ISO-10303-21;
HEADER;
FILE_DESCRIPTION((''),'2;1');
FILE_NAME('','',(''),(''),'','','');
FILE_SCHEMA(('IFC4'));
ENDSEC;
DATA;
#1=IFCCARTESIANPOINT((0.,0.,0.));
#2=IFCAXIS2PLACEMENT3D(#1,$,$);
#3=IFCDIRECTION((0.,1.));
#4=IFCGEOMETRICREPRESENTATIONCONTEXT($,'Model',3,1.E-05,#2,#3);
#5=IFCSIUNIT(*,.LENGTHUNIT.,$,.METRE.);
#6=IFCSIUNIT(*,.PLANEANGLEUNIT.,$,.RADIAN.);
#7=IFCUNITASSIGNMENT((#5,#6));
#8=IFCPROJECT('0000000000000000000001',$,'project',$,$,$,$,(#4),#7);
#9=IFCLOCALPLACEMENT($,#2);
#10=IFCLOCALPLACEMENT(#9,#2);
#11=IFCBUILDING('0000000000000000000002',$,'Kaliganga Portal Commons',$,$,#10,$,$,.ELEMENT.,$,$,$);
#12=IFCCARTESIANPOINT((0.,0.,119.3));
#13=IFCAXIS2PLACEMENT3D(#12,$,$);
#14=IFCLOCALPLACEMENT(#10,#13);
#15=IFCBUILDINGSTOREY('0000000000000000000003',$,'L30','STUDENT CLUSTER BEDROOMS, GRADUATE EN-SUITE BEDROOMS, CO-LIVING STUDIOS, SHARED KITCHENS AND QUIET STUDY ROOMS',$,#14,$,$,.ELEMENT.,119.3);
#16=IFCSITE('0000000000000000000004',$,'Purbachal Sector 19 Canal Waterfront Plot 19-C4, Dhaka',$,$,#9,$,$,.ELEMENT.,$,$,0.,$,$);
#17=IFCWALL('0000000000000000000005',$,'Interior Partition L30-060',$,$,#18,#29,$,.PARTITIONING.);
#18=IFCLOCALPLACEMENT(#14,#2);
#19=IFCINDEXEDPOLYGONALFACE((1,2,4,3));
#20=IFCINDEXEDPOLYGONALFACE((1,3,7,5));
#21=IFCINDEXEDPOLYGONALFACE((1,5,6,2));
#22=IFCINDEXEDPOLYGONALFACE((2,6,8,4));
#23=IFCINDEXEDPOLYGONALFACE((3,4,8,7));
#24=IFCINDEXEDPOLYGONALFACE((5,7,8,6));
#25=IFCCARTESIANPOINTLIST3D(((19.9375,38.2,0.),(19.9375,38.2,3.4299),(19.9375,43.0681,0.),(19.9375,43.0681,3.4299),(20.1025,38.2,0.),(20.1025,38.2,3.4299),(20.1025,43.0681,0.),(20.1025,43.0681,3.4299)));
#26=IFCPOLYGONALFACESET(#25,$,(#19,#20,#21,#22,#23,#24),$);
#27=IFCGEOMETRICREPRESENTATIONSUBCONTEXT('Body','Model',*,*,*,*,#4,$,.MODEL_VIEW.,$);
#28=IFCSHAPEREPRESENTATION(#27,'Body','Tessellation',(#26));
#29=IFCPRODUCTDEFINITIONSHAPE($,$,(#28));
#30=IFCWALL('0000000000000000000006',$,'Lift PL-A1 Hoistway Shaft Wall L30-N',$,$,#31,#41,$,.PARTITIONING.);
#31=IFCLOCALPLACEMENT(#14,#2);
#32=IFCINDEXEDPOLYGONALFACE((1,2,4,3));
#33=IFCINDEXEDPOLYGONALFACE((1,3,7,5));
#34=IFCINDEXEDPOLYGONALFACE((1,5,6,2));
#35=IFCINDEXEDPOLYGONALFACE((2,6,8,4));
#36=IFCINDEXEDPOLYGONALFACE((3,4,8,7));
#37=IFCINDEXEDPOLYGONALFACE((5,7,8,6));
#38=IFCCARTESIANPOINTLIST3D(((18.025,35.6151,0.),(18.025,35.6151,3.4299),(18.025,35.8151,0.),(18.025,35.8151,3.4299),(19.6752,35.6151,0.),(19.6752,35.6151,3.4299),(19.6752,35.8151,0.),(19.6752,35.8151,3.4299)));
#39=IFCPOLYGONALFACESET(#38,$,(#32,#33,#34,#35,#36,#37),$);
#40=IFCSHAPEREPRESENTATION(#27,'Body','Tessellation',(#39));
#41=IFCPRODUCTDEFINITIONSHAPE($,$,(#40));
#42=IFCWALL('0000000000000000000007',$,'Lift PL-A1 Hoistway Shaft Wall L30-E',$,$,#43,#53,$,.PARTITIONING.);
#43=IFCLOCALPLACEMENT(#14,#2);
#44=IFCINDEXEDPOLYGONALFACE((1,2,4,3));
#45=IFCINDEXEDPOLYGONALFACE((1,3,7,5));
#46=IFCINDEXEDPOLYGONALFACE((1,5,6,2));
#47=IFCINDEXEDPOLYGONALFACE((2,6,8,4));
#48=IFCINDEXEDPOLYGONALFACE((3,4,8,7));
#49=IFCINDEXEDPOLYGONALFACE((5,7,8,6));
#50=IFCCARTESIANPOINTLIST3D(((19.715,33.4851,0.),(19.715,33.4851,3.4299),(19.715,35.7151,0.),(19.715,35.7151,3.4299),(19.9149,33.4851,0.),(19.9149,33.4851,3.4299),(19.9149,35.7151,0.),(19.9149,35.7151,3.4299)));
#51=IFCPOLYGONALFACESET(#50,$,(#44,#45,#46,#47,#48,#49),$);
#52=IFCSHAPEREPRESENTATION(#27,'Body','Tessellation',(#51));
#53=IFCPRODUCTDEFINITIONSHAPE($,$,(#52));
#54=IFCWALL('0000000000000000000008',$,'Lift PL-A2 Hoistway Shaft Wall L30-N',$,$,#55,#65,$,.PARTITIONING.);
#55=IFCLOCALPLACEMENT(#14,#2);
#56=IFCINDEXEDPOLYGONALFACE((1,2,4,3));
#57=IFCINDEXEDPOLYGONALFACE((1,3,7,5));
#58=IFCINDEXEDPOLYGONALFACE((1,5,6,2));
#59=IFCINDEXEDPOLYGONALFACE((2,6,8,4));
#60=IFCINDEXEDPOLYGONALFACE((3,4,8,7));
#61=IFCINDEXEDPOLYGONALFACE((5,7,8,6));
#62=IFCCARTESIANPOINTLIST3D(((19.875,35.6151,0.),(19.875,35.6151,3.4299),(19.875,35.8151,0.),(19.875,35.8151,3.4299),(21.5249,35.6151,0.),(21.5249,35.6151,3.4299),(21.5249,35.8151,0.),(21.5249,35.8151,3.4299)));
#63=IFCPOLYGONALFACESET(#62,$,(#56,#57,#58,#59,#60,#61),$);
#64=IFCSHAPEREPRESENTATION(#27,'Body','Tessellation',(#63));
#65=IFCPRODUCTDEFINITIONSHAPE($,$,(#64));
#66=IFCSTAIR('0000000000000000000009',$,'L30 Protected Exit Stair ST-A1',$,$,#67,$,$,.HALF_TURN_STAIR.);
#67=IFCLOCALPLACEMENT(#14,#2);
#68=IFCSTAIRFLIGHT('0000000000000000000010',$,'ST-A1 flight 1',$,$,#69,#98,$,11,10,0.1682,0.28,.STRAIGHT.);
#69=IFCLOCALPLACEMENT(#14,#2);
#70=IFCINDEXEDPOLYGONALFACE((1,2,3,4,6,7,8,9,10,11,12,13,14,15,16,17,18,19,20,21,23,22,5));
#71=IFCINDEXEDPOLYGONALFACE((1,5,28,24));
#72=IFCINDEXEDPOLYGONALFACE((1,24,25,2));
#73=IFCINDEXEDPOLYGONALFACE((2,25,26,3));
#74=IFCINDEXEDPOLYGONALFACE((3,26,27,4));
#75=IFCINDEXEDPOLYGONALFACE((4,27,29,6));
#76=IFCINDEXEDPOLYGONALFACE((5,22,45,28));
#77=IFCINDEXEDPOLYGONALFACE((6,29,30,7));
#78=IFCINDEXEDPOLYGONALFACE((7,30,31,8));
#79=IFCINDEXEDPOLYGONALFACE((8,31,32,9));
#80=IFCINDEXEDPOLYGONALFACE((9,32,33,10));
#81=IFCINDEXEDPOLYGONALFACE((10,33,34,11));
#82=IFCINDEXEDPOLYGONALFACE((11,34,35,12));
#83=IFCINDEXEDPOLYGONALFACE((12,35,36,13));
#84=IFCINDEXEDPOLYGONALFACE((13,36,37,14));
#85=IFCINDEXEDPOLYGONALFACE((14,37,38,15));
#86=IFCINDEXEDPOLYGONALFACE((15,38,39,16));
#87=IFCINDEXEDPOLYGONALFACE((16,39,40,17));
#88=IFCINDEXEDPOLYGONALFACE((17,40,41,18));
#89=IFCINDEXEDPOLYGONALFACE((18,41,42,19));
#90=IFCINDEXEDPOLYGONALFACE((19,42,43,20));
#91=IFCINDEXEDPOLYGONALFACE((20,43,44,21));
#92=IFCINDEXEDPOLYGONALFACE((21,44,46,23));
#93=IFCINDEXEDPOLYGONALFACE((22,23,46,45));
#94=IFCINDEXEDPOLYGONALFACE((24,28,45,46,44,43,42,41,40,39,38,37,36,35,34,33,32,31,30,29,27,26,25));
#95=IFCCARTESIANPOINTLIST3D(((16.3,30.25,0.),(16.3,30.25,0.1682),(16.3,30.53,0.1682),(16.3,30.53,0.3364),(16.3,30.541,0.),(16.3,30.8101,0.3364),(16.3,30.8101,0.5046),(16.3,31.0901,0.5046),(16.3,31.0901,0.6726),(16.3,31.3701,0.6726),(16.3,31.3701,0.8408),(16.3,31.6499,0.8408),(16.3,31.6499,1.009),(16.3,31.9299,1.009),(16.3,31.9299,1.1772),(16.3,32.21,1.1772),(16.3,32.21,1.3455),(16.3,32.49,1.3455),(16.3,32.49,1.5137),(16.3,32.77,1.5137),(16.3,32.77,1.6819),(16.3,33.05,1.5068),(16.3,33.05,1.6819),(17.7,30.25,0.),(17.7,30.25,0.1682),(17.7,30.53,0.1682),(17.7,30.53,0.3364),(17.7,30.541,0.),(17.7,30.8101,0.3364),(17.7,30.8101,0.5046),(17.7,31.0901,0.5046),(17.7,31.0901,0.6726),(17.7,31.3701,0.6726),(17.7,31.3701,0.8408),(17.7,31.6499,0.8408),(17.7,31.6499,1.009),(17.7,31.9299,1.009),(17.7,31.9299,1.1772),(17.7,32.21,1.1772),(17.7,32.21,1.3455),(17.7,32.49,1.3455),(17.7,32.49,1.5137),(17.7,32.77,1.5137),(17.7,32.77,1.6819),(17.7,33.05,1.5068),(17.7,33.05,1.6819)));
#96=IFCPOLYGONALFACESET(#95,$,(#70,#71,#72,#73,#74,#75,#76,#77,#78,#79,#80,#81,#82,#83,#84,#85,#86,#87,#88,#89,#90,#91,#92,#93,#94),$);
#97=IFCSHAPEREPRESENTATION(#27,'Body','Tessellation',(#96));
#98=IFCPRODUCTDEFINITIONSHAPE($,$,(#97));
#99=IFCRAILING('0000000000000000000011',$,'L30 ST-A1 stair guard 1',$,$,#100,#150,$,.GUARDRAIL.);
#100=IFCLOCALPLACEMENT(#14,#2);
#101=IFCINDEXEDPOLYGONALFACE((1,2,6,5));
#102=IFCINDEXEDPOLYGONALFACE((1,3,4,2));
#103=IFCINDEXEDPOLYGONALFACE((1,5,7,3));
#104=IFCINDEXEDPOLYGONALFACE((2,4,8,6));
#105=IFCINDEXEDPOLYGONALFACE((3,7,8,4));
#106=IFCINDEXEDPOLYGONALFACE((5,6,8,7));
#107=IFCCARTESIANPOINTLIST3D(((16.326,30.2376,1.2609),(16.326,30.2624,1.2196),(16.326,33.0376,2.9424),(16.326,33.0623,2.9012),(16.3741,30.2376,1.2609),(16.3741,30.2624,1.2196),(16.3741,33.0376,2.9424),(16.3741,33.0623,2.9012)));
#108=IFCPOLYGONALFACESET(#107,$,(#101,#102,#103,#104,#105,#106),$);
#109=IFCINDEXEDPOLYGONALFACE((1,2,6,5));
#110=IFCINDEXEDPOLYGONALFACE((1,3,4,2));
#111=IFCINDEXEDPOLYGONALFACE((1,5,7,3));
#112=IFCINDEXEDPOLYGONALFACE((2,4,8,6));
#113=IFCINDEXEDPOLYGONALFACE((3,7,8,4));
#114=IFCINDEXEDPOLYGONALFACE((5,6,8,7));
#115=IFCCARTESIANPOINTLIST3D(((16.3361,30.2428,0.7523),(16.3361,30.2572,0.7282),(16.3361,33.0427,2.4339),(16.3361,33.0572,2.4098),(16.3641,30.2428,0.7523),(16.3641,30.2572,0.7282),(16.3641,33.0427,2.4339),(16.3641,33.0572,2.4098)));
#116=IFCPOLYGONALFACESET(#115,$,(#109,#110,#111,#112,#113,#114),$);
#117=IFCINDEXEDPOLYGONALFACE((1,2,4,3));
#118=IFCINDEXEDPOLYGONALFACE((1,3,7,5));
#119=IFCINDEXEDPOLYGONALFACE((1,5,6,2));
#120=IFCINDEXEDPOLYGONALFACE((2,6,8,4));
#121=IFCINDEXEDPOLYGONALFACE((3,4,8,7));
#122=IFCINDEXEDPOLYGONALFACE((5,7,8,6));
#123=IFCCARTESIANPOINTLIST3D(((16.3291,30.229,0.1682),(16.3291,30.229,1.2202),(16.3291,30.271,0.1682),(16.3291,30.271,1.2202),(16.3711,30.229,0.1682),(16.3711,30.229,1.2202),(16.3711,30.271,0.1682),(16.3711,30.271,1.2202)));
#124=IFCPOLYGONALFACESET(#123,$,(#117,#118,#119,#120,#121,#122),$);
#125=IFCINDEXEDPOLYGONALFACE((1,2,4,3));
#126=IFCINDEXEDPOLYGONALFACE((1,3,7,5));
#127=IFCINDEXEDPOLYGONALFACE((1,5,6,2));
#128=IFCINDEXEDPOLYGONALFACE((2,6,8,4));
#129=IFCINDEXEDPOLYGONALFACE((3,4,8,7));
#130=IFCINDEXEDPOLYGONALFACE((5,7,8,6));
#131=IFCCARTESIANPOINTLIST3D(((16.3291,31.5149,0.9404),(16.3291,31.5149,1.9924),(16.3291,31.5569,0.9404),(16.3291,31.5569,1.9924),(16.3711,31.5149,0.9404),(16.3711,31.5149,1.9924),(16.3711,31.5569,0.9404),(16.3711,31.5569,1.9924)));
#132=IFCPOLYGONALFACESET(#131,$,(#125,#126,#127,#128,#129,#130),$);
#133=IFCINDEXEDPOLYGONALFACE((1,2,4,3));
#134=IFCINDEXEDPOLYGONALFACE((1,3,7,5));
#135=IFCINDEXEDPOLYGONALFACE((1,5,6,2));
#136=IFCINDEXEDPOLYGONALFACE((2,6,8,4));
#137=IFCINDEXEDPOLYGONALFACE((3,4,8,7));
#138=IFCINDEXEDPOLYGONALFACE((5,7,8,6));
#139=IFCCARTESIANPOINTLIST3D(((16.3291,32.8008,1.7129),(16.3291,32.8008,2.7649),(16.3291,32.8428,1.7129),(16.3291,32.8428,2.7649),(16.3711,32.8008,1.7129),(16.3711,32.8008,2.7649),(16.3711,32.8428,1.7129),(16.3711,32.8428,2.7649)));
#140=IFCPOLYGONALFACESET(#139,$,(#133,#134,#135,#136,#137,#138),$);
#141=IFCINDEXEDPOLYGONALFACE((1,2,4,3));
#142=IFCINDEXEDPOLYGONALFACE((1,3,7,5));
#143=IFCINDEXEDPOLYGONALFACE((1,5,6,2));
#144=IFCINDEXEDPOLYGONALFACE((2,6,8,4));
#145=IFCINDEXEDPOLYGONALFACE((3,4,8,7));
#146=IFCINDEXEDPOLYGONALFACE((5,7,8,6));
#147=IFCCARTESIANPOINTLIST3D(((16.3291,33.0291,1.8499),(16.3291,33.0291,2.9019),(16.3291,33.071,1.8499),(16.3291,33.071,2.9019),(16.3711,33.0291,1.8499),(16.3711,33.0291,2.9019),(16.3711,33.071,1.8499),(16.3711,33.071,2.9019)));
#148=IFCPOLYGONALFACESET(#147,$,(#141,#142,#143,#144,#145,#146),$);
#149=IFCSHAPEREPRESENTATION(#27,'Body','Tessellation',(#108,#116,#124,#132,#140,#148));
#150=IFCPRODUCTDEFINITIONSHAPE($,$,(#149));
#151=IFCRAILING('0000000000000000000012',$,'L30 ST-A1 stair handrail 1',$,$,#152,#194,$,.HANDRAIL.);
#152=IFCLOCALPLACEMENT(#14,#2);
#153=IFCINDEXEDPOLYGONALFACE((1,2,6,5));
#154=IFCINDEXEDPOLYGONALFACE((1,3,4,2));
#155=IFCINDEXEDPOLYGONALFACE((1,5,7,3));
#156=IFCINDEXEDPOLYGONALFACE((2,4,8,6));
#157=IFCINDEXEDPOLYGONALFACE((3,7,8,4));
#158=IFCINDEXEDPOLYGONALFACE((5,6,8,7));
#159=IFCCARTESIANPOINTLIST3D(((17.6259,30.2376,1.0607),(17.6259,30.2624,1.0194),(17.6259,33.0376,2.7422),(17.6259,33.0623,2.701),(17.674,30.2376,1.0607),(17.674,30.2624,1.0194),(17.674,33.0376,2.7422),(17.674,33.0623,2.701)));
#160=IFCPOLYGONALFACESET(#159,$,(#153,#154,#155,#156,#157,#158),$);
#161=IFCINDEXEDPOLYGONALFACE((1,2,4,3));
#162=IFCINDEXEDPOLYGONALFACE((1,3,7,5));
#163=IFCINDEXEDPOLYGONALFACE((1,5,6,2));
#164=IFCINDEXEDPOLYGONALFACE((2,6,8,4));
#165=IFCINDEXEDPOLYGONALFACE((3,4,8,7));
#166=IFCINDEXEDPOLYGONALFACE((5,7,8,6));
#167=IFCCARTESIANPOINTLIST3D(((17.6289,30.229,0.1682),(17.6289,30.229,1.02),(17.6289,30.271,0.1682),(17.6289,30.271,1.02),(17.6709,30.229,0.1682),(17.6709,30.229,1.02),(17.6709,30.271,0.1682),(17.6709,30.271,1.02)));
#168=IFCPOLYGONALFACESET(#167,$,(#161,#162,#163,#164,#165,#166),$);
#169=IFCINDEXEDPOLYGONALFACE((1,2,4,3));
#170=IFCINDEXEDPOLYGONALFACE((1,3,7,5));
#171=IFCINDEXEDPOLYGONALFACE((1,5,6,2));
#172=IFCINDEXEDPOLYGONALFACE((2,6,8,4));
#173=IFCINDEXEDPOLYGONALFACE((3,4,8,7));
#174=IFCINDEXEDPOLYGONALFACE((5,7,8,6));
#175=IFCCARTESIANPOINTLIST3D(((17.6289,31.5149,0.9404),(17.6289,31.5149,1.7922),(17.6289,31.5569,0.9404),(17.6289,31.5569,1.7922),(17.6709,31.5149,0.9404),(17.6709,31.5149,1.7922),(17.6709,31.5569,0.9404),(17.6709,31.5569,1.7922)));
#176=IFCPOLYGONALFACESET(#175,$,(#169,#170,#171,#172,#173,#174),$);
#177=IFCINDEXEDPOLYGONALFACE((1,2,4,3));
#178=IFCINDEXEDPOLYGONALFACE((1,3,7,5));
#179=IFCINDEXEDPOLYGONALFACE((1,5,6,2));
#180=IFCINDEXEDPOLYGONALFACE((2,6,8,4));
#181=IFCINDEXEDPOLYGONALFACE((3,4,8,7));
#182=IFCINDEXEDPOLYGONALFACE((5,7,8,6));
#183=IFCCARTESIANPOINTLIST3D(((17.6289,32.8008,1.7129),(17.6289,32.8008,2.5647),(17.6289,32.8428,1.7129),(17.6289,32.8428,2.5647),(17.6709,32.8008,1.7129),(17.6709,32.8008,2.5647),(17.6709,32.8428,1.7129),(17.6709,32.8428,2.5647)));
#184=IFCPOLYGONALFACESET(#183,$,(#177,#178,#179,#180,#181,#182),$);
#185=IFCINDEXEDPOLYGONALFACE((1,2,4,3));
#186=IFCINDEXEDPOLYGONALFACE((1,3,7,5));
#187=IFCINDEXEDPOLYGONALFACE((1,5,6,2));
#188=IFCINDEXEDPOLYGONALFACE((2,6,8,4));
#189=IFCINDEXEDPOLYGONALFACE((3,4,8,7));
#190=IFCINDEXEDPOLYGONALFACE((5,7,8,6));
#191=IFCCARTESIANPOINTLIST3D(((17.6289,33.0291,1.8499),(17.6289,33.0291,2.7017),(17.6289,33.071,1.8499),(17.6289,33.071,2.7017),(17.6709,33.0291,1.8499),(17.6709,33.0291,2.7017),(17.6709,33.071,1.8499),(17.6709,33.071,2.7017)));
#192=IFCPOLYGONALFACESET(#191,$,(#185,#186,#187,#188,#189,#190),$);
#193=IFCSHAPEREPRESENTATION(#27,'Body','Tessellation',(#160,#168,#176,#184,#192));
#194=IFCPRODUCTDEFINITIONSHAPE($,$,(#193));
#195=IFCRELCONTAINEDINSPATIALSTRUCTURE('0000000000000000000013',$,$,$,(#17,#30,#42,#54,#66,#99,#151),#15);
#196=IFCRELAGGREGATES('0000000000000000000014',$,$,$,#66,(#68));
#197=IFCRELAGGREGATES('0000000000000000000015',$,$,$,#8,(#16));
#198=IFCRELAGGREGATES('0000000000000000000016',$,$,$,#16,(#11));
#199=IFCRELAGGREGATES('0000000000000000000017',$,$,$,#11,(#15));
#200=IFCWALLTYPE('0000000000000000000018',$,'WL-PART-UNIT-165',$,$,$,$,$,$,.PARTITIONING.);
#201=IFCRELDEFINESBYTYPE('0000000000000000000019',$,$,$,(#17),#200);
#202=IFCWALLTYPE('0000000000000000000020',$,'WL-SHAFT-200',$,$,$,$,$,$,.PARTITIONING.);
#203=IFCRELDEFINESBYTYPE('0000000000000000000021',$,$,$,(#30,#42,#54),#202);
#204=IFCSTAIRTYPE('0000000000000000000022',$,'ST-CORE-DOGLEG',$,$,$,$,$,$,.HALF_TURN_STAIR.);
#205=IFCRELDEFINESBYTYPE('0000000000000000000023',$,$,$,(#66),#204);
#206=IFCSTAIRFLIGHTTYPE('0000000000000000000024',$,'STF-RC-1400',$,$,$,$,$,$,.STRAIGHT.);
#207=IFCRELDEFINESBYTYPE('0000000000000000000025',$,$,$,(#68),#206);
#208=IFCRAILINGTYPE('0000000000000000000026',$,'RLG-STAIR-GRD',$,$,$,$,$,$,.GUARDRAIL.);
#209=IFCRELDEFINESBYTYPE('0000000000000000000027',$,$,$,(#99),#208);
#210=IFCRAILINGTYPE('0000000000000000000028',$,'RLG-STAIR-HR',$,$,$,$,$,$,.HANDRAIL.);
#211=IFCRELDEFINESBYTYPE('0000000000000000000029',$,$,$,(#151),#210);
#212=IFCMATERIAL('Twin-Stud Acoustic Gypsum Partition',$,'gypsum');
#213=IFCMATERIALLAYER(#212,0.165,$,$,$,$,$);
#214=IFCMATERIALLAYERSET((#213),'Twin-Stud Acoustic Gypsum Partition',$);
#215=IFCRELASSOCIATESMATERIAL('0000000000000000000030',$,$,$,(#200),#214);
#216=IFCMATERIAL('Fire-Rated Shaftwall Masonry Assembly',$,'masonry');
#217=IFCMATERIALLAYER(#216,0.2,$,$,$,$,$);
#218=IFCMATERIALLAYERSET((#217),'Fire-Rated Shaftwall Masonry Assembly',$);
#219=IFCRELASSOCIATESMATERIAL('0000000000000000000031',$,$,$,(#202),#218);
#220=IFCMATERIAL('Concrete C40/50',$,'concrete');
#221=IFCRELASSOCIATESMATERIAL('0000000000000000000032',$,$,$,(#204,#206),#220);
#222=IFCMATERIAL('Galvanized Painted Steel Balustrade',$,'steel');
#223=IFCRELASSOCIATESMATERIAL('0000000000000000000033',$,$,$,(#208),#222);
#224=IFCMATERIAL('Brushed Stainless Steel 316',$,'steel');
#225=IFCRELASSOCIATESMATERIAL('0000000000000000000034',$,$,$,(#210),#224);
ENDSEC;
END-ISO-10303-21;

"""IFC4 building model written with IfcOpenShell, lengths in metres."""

from ifc_helpers import new_model, si_unit, direction, frame, frame_2d, origin, origin_2d, place, context, subcontext, project, spatial, polyline, rectangle, outline, extrude, material, layer, layer_set, type_object, element, aggregate, save


model = new_model("IFC4")

# Units and contexts
model_context = context("Model", 3, precision=1e-05, world=origin(), true_north=direction((0.0, 1.0)))
body_context = subcontext(model_context, "Body", "Model", "MODEL_VIEW")
ifc_project = project(units=[si_unit("LENGTHUNIT", "METRE"), si_unit("PLANEANGLEUNIT", "RADIAN")], contexts=[model_context])

# Site, building, storey
site_placement = place(None, origin())
site = spatial("IfcSite", under=ifc_project, at=site_placement, Name="Purbachal Sector 19 Canal Waterfront Plot 19-C4, Dhaka", CompositionType="ELEMENT", RefElevation=0.0)
building_placement = place(site_placement, origin())
building = spatial("IfcBuilding", under=site, at=building_placement, Name="Kaliganga Portal Commons", CompositionType="ELEMENT")
storey_placement = place(building_placement, frame((0.0, 0.0, 119.3)))
storey = spatial("IfcBuildingStorey", under=building, at=storey_placement, Name="L30", Description="STUDENT CLUSTER BEDROOMS, GRADUATE EN-SUITE BEDROOMS, CO-LIVING STUDIOS, SHARED KITCHENS AND QUIET STUDY ROOMS", CompositionType="ELEMENT", Elevation=119.3)

# Wall
ifc_material_1 = material(Name="Twin-Stud Acoustic Gypsum Partition", Category="gypsum")
ifc_layer_1 = layer(ifc_material_1, 0.165)
ifc_layer_set_1 = layer_set([ifc_layer_1], Name="Twin-Stud Acoustic Gypsum Partition")
wall_type_1 = type_object("IfcWallType", Name="WL-PART-UNIT-165", PredefinedType="PARTITIONING", material=ifc_layer_set_1)
wall_1_placement = place(storey_placement, frame((20.02, 38.2, 0.0), z_axis=(0.0, 0.0, 1.0), x_axis=(0.0, 1.0, 0.0)))
element("IfcWall", 1, at=wall_1_placement, inside=storey, type_object=wall_type_1, Name="Interior Partition L30-060", PredefinedType="PARTITIONING", context=body_context, shape_type="SweptSolid", body=[
    extrude(rectangle(XDim=4.8682, YDim=0.165, at=frame_2d((2.4341, 0.0))), origin(), (0.0, 0.0, 1.0), 3.4299),
])

# Shared definitions
ifc_material_2 = material(Name="Fire-Rated Shaftwall Masonry Assembly", Category="masonry")
ifc_layer_2 = layer(ifc_material_2, 0.2)
ifc_layer_set_2 = layer_set([ifc_layer_2], Name="Fire-Rated Shaftwall Masonry Assembly")
wall_type_2 = type_object("IfcWallType", Name="WL-SHAFT-200", PredefinedType="PARTITIONING", material=ifc_layer_set_2)

# Walls
wall_2_placement = place(storey_placement, frame((18.0249, 35.7151, 0.0), z_axis=(0.0, 0.0, 1.0), x_axis=(1.0, 0.0, 0.0)))
element("IfcWall", 2, at=wall_2_placement, inside=storey, type_object=wall_type_2, Name="Lift PL-A1 Hoistway Shaft Wall L30-N", PredefinedType="PARTITIONING", context=body_context, shape_type="SweptSolid", body=[
    extrude(rectangle(XDim=1.6501, YDim=0.2, at=frame_2d((0.8252, 0.0))), origin(), (0.0, 0.0, 1.0), 3.4299),
])
wall_3_placement = place(storey_placement, frame((19.8149, 33.4851, 0.0), z_axis=(0.0, 0.0, 1.0), x_axis=(0.0, 1.0, 0.0)))
element("IfcWall", 3, at=wall_3_placement, inside=storey, type_object=wall_type_2, Name="Lift PL-A1 Hoistway Shaft Wall L30-E", PredefinedType="PARTITIONING", context=body_context, shape_type="SweptSolid", body=[
    extrude(rectangle(XDim=2.23, YDim=0.2, at=frame_2d((1.115, 0.0))), origin(), (0.0, 0.0, 1.0), 3.4299),
])

# Wall
wall_4_placement = place(storey_placement, frame((19.875, 35.7151, 0.0), z_axis=(0.0, 0.0, 1.0), x_axis=(1.0, 0.0, 0.0)))
element("IfcWall", 4, at=wall_4_placement, inside=storey, type_object=wall_type_2, Name="Lift PL-A2 Hoistway Shaft Wall L30-N", PredefinedType="PARTITIONING", context=body_context, shape_type="SweptSolid", body=[
    extrude(rectangle(XDim=1.6499, YDim=0.2, at=frame_2d((0.825, 0.0))), origin(), (0.0, 0.0, 1.0), 3.4299),
])

# Stair, stair flight
ifc_material_3 = material(Name="Concrete C40/50", Category="concrete")
stair_type = type_object("IfcStairType", Name="ST-CORE-DOGLEG", PredefinedType="HALF_TURN_STAIR", material=ifc_material_3)
stair_placement = place(storey_placement, origin())
stair = element("IfcStair", 5, at=stair_placement, inside=storey, type_object=stair_type, Name="L30 Protected Exit Stair ST-A1", PredefinedType="HALF_TURN_STAIR")
stair_flight_type = type_object("IfcStairFlightType", Name="STF-RC-1400", PredefinedType="STRAIGHT", material=ifc_material_3)
stair_flight_placement = place(storey_placement, frame((17.0, 30.25, 0.0), z_axis=(0.0, 0.0, 1.0), x_axis=(0.0, 1.0, 0.0)))
stair_flight = element("IfcStairFlight", 6, at=stair_flight_placement, type_object=stair_flight_type, Name="ST-A1 flight 1", NumberOfRisers=11, NumberOfTreads=10, PredefinedType="STRAIGHT", RiserHeight=0.1682, TreadLength=0.28, context=body_context, shape_type="SweptSolid", body=[
    extrude(outline(polyline([(0.0, 0.0), (0.0, 0.1682), (0.28, 0.1682), (0.28, 0.3364), (0.5601, 0.3364), (0.5601, 0.5046), (0.8401, 0.5046), (0.8401, 0.6726), (1.1201, 0.6726), (1.1201, 0.8408), (1.3999, 0.8408), (1.3999, 1.009), (1.6799, 1.009), (1.6799, 1.1772), (1.96, 1.1772), (1.96, 1.3455), (2.24, 1.3455), (2.24, 1.5137), (2.52, 1.5137), (2.52, 1.6819), (2.8, 1.6819), (2.8, 1.8501), (2.8, 1.5068), (0.291, 0.0), (0.0, 0.0)])), frame((0.0, 0.7, 0.0), z_axis=(0.0, -1.0, 0.0), x_axis=(1.0, 0.0, 0.0)), (0.0, 0.0, 1.0), 1.3999),
])
aggregate(stair, [stair_flight])

# Railings
ifc_material_4 = material(Name="Galvanized Painted Steel Balustrade", Category="steel")
railing_type_1 = type_object("IfcRailingType", Name="RLG-STAIR-GRD", PredefinedType="GUARDRAIL", material=ifc_material_4)
railing_1_placement = place(storey_placement, frame((16.3501, 30.25, 0.1682)))
element("IfcRailing", 7, at=railing_1_placement, inside=storey, type_object=railing_type_1, Name="L30 ST-A1 stair guard 1", PredefinedType="GUARDRAIL", context=body_context, shape_type="SweptSolid", body=[
    extrude(rectangle(XDim=0.0481, YDim=0.0481, at=origin_2d()), frame((0.0, 0.0, 1.072), z_axis=(0.0, 0.857275, 0.514858), x_axis=(-1.0, 0.0, 0.0)), (0.0, 0.0, 1.0), 3.2661),
    extrude(rectangle(XDim=0.0281, YDim=0.0281, at=origin_2d()), frame((0.0, 0.0, 0.572), z_axis=(0.0, 0.857275, 0.514858), x_axis=(-1.0, 0.0, 0.0)), (0.0, 0.0, 1.0), 3.2661),
    extrude(rectangle(XDim=0.042, YDim=0.042, at=origin_2d()), origin(), (0.0, 0.0, 1.0), 1.052),
    extrude(rectangle(XDim=0.042, YDim=0.042, at=origin_2d()), frame((0.0, 1.2859, 0.7722)), (0.0, 0.0, 1.0), 1.052),
    extrude(rectangle(XDim=0.042, YDim=0.042, at=origin_2d()), frame((0.0, 2.5718, 1.5447)), (0.0, 0.0, 1.0), 1.052),
    extrude(rectangle(XDim=0.042, YDim=0.042, at=origin_2d()), frame((0.0, 2.8, 1.6816)), (0.0, 0.0, 1.0), 1.052),
])
ifc_material_5 = material(Name="Brushed Stainless Steel 316", Category="steel")
railing_type_2 = type_object("IfcRailingType", Name="RLG-STAIR-HR", PredefinedType="HANDRAIL", material=ifc_material_5)
railing_2_placement = place(storey_placement, frame((17.6499, 30.25, 0.1682)))
element("IfcRailing", 8, at=railing_2_placement, inside=storey, type_object=railing_type_2, Name="L30 ST-A1 stair handrail 1", PredefinedType="HANDRAIL", context=body_context, shape_type="SweptSolid", body=[
    extrude(rectangle(XDim=0.0481, YDim=0.0481, at=origin_2d()), frame((0.0, 0.0, 0.8718), z_axis=(0.0, 0.857275, 0.514858), x_axis=(-1.0, 0.0, 0.0)), (0.0, 0.0, 1.0), 3.2661),
    extrude(rectangle(XDim=0.042, YDim=0.042, at=origin_2d()), origin(), (0.0, 0.0, 1.0), 0.8518),
    extrude(rectangle(XDim=0.042, YDim=0.042, at=origin_2d()), frame((0.0, 1.2859, 0.7722)), (0.0, 0.0, 1.0), 0.8518),
    extrude(rectangle(XDim=0.042, YDim=0.042, at=origin_2d()), frame((0.0, 2.5718, 1.5447)), (0.0, 0.0, 1.0), 0.8518),
    extrude(rectangle(XDim=0.042, YDim=0.042, at=origin_2d()), frame((0.0, 2.8, 1.6816)), (0.0, 0.0, 1.0), 0.8518),
])

save(model, "model.ifc")
